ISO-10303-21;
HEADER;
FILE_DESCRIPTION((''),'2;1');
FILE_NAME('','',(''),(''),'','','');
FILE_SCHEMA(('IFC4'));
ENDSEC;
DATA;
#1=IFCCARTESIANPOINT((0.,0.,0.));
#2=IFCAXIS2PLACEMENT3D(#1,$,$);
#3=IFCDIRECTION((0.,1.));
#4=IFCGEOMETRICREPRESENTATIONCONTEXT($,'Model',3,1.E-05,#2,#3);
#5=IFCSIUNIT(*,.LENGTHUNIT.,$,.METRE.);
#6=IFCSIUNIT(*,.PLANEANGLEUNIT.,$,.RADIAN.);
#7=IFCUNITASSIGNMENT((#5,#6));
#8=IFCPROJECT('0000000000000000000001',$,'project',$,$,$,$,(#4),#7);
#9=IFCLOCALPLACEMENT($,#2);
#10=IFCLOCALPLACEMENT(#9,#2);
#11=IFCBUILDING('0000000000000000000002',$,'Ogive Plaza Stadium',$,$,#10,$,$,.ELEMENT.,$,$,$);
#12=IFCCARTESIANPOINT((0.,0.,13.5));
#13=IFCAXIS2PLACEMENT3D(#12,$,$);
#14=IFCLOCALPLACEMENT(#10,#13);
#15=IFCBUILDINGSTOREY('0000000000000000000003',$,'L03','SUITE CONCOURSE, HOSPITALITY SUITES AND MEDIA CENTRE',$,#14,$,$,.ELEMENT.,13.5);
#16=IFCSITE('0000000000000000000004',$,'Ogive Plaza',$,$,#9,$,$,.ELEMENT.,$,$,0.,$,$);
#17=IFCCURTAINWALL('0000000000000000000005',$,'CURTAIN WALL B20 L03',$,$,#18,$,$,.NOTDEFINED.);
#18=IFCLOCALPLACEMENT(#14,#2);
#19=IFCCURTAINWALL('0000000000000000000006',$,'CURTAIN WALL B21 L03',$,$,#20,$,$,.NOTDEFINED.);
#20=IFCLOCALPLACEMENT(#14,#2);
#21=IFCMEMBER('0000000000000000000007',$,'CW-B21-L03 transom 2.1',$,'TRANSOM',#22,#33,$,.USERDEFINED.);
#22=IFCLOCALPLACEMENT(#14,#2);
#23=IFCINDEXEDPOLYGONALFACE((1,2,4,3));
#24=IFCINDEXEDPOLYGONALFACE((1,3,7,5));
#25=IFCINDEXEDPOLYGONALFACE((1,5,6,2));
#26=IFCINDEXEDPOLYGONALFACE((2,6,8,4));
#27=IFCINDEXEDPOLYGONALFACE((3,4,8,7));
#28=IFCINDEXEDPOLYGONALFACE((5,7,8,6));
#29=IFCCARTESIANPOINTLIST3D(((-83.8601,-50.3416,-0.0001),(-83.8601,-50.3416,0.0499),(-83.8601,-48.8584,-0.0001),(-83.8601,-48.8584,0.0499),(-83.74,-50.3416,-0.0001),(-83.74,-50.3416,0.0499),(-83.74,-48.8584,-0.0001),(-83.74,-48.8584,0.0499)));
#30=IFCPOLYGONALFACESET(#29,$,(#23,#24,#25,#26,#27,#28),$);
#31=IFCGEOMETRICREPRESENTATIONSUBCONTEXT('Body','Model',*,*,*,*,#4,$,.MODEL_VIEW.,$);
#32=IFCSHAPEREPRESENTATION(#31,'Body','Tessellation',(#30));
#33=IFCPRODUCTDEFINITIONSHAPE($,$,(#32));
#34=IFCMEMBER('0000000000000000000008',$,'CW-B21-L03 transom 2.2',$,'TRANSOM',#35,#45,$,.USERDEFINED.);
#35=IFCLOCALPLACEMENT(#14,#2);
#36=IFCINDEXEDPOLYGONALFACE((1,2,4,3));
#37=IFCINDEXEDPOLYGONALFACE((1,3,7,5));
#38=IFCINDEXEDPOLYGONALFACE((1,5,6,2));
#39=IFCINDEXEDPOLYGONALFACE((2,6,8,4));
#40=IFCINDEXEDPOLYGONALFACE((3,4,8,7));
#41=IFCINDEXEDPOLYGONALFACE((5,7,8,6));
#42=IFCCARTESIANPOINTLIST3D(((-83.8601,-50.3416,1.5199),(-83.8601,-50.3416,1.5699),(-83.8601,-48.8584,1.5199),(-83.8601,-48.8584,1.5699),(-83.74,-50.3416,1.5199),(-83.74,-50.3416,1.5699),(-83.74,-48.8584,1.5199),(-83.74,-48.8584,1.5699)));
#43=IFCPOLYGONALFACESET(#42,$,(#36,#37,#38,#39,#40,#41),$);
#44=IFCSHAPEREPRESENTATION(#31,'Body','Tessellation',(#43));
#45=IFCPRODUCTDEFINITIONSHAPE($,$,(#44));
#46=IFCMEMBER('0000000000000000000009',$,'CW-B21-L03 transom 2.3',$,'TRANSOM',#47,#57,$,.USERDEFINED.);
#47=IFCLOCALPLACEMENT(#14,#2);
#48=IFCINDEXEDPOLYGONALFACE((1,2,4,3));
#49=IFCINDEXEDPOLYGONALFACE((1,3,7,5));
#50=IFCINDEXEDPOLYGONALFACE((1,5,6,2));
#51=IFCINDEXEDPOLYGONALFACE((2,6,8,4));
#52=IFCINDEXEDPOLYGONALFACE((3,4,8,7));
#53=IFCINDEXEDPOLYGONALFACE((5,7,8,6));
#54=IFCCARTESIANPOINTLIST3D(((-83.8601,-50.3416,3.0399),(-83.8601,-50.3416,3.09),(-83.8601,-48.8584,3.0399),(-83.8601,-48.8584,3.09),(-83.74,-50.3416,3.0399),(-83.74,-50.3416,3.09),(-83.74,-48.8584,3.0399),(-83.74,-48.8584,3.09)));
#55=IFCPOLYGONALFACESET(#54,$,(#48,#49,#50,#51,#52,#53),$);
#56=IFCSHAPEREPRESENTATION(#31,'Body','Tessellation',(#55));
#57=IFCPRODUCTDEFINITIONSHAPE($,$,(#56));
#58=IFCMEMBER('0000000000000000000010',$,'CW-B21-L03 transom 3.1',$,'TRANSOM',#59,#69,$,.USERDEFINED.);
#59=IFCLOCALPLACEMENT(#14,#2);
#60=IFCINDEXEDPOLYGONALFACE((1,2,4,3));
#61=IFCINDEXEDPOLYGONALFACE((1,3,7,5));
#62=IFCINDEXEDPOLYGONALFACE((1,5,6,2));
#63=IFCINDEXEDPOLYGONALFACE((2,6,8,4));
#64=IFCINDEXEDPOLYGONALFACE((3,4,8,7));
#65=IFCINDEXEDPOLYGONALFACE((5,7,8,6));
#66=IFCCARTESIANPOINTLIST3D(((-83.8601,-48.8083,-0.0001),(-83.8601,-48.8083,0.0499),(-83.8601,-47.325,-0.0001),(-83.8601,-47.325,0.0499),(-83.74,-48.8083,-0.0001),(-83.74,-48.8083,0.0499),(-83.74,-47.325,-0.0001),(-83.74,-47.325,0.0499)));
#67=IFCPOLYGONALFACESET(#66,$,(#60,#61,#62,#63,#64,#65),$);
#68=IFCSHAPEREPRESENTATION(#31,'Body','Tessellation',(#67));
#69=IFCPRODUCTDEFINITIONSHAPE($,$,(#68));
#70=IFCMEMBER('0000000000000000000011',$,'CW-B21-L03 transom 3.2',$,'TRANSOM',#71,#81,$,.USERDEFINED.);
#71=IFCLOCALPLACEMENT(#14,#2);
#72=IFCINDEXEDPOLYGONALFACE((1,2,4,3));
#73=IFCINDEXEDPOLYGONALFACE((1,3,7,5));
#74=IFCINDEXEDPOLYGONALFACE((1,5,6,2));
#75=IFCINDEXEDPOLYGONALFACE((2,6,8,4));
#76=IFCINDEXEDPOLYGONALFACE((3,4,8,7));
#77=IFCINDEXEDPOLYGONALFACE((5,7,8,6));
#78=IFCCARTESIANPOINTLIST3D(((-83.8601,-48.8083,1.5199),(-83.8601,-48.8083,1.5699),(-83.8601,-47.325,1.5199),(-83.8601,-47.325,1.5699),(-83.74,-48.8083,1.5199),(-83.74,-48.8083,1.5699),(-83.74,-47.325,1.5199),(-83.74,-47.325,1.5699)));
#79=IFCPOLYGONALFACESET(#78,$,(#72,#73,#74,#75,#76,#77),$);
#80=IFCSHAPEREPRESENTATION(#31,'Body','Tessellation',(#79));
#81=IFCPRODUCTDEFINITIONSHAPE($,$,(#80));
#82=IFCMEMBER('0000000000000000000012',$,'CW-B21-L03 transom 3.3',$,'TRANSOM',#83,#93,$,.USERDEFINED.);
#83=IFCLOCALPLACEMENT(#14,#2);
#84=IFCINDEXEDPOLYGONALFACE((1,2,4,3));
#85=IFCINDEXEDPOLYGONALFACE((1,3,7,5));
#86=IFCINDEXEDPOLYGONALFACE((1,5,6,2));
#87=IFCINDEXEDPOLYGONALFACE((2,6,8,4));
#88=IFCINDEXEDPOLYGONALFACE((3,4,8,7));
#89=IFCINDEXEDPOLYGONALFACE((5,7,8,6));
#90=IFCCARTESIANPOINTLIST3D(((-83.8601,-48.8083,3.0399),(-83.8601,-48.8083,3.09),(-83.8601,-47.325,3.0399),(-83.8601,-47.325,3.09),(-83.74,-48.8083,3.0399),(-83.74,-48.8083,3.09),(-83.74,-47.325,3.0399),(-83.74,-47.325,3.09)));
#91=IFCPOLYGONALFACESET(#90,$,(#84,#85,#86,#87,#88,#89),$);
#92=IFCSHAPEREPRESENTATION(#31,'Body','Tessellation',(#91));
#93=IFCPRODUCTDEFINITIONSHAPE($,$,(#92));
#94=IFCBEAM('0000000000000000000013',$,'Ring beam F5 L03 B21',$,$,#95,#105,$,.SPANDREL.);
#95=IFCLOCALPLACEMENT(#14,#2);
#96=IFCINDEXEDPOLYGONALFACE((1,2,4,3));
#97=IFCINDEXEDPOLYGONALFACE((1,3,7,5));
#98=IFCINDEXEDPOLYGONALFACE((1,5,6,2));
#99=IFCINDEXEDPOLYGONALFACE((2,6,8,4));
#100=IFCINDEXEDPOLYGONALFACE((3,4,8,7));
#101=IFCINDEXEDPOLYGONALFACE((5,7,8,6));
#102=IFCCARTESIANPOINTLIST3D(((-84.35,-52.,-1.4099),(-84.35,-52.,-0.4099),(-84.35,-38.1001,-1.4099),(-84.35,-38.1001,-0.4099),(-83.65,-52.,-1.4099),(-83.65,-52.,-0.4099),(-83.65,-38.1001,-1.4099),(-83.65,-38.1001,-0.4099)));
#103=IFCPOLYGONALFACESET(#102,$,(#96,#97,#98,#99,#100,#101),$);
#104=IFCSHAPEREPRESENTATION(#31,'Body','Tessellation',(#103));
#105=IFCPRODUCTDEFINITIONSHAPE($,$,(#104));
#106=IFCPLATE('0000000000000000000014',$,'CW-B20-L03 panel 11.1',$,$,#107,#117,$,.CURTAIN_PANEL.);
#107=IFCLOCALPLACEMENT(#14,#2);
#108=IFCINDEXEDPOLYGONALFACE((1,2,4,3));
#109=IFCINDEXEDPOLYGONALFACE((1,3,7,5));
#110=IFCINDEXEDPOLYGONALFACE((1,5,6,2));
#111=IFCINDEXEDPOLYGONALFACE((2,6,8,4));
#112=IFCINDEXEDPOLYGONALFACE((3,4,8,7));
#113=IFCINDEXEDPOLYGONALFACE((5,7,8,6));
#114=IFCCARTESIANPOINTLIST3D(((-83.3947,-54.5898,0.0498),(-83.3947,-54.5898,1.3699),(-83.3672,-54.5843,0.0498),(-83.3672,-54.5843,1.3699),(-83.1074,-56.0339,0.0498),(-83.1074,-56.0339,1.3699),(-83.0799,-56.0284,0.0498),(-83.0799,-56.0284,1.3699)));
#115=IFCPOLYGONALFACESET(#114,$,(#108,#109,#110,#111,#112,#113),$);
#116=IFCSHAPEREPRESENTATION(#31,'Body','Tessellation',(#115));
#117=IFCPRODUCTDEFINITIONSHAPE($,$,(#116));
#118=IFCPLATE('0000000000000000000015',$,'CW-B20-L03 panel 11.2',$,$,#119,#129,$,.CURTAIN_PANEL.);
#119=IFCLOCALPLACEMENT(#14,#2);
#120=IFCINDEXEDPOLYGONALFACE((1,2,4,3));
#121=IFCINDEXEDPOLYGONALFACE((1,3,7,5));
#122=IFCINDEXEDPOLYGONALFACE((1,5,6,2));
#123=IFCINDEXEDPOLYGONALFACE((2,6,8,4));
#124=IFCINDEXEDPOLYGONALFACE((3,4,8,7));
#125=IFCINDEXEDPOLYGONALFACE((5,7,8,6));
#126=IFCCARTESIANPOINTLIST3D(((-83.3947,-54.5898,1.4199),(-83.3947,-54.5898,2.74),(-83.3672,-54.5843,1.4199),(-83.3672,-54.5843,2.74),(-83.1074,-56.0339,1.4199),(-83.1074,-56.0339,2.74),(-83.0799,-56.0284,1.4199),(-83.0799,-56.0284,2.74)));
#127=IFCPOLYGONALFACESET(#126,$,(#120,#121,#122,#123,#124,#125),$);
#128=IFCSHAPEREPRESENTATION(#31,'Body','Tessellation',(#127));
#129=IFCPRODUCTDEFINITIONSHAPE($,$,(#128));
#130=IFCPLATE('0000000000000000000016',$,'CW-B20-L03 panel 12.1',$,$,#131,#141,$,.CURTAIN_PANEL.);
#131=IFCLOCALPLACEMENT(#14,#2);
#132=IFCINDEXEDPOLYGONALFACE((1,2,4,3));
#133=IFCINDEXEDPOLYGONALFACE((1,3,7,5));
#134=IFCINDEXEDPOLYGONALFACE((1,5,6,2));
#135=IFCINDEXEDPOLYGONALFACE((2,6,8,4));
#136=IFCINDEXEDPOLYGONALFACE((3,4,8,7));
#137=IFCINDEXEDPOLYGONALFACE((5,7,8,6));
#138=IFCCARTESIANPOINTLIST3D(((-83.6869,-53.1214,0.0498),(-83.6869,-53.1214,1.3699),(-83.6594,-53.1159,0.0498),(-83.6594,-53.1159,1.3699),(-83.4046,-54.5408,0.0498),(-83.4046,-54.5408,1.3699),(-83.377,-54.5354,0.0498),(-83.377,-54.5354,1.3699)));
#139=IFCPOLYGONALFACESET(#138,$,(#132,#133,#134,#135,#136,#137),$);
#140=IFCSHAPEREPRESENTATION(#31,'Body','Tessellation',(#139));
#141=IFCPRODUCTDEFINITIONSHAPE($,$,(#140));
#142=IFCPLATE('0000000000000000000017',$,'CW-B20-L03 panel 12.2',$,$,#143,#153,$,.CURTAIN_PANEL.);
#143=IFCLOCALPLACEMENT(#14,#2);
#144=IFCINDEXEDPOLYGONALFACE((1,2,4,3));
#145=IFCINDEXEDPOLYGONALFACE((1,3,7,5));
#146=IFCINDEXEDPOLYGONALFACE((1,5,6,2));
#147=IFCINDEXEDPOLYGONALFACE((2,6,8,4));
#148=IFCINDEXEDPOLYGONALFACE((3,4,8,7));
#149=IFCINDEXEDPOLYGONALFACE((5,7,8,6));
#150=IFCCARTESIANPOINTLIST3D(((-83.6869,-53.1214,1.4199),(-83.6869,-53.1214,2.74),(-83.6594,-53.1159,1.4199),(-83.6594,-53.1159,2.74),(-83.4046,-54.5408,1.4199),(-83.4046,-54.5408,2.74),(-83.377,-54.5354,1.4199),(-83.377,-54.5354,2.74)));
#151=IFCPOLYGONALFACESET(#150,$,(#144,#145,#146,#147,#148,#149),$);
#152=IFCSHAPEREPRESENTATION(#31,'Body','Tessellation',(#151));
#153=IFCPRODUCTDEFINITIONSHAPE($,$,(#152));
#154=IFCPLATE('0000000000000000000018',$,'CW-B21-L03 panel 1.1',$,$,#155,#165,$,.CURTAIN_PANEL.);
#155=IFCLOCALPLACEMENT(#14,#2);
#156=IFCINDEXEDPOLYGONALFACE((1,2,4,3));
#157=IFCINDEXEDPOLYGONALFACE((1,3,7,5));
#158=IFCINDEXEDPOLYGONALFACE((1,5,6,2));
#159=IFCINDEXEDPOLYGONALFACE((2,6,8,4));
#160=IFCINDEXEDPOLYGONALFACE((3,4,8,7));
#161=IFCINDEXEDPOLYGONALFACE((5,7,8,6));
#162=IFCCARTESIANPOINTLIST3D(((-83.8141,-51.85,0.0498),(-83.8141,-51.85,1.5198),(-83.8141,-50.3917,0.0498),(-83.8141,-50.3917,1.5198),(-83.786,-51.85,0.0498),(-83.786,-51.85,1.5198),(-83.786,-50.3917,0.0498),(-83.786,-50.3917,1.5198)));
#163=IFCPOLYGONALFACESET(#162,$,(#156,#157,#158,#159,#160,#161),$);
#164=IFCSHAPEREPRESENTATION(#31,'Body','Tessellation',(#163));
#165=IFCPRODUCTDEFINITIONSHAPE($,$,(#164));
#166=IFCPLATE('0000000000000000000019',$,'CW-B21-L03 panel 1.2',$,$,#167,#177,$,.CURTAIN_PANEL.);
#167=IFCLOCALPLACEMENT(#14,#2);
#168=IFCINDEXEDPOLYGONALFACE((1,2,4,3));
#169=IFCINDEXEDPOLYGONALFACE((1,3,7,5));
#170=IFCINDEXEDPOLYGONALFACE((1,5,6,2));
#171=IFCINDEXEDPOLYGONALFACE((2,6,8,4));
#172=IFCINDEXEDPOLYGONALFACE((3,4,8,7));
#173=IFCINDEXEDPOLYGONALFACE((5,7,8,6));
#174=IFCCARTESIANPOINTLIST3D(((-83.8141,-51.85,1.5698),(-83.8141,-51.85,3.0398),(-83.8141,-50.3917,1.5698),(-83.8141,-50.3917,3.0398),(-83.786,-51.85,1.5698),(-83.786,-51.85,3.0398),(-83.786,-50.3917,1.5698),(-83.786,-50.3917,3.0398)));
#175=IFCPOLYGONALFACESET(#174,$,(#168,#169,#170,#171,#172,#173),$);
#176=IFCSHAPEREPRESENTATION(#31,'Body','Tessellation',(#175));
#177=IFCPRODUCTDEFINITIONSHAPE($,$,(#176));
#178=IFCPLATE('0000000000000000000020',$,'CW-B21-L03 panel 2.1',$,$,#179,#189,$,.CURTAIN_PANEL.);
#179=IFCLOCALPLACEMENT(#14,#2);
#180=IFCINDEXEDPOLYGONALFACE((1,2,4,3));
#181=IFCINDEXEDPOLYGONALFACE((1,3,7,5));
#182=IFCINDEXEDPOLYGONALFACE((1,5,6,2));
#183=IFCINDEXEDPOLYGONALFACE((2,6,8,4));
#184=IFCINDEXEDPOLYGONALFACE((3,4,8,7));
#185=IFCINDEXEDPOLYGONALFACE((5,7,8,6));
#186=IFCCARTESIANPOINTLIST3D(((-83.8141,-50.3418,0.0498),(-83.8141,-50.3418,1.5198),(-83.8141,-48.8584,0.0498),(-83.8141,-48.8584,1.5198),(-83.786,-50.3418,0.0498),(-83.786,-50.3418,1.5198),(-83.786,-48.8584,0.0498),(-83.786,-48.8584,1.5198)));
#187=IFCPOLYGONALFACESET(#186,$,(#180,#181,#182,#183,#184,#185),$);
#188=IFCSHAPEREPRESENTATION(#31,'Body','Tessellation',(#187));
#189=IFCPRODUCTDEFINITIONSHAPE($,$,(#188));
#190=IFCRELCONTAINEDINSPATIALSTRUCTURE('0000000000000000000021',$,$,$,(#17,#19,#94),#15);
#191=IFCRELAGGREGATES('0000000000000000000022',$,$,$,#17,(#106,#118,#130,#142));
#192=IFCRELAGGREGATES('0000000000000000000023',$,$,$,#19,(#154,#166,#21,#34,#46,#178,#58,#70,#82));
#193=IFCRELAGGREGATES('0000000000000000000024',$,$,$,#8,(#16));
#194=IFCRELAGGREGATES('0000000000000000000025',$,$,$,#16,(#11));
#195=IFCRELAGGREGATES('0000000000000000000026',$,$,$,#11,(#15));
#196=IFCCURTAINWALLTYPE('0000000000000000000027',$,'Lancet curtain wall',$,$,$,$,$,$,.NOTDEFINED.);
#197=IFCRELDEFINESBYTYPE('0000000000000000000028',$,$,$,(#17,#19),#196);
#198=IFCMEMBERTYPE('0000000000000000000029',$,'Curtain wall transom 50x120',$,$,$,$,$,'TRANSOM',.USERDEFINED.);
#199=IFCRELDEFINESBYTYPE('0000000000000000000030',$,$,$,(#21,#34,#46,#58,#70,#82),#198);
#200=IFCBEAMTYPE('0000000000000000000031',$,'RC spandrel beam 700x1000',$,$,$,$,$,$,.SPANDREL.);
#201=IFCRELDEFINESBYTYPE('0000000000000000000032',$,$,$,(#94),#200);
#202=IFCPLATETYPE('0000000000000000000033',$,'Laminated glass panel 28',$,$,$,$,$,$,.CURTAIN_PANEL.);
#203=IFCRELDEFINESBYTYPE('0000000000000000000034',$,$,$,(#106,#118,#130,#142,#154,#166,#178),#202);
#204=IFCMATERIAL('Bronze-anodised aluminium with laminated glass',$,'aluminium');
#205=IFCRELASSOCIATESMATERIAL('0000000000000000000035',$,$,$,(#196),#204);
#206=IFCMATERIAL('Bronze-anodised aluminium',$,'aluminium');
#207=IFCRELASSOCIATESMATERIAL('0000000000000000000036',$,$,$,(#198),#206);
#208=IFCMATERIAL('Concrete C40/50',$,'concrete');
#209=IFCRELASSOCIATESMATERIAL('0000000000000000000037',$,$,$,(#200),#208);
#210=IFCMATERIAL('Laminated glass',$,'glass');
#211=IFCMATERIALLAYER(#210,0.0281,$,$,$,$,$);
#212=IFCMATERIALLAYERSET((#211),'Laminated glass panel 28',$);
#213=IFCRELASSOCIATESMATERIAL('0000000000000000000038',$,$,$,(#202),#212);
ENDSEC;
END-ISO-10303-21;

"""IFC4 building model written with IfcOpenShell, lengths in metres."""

from ifc_helpers import new_model, si_unit, direction, frame, origin, origin_2d, place, context, subcontext, project, spatial, rectangle, extrude, material, layer, layer_set, material_profile, profile_set, type_object, element, aggregate, save


model = new_model("IFC4")

# Units and contexts
model_context = context("Model", 3, precision=1e-05, world=origin(), true_north=direction((0.0, 1.0)))
body_context = subcontext(model_context, "Body", "Model", "MODEL_VIEW")
ifc_project = project(units=[si_unit("LENGTHUNIT", "METRE"), si_unit("PLANEANGLEUNIT", "RADIAN")], contexts=[model_context])

# Site, building, storey
site_placement = place(None, origin())
site = spatial("IfcSite", under=ifc_project, at=site_placement, Name="Ogive Plaza", CompositionType="ELEMENT", RefElevation=0.0)
building_placement = place(site_placement, origin())
building = spatial("IfcBuilding", under=site, at=building_placement, Name="Ogive Plaza Stadium", CompositionType="ELEMENT")
storey_placement = place(building_placement, frame((0.0, 0.0, 13.5)))
storey = spatial("IfcBuildingStorey", under=building, at=storey_placement, Name="L03", Description="SUITE CONCOURSE, HOSPITALITY SUITES AND MEDIA CENTRE", CompositionType="ELEMENT", Elevation=13.5)

# Curtain walls
ifc_material_1 = material(Name="Bronze-anodised aluminium with laminated glass", Category="aluminium")
curtain_wall_type = type_object("IfcCurtainWallType", Name="Lancet curtain wall", PredefinedType="NOTDEFINED", material=ifc_material_1)
curtain_wall_1_placement = place(storey_placement, origin())
curtain_wall_1 = element("IfcCurtainWall", 1, at=curtain_wall_1_placement, inside=storey, type_object=curtain_wall_type, Name="CURTAIN WALL B20 L03", PredefinedType="NOTDEFINED")
curtain_wall_2_placement = place(storey_placement, origin())
curtain_wall_2 = element("IfcCurtainWall", 2, at=curtain_wall_2_placement, inside=storey, type_object=curtain_wall_type, Name="CURTAIN WALL B21 L03", PredefinedType="NOTDEFINED")

# Members
ifc_material_2 = material(Name="Bronze-anodised aluminium", Category="aluminium")
ifc_material_profile_1 = material_profile(ifc_material_2, rectangle(XDim=0.1201, YDim=0.05, at=origin_2d()), Name="AL 120x50")
ifc_profile_set_1 = profile_set([ifc_material_profile_1], Name="Bronze-anodised aluminium")
member_type_1 = type_object("IfcMemberType", Name="Curtain wall transom 50x120", ElementType="TRANSOM", PredefinedType="USERDEFINED", material=ifc_profile_set_1)
member_1_placement = place(storey_placement, frame((-83.8, -50.3416, 0.0249), z_axis=(0.0, 1.0, 0.0), x_axis=(-1.0, 0.0, 0.0)))
member_1 = element("IfcMember", 3, at=member_1_placement, type_object=member_type_1, Name="CW-B21-L03 transom 2.1", ObjectType="TRANSOM", PredefinedType="USERDEFINED", context=body_context, shape_type="SweptSolid", body=[
    extrude(rectangle(XDim=0.1201, YDim=0.05, at=origin_2d()), origin(), (0.0, 0.0, 1.0), 1.4832),
])
member_2_placement = place(storey_placement, frame((-83.8, -50.3416, 1.5449), z_axis=(0.0, 1.0, 0.0), x_axis=(-1.0, 0.0, 0.0)))
member_2 = element("IfcMember", 4, at=member_2_placement, type_object=member_type_1, Name="CW-B21-L03 transom 2.2", ObjectType="TRANSOM", PredefinedType="USERDEFINED", context=body_context, shape_type="SweptSolid", body=[
    extrude(rectangle(XDim=0.1201, YDim=0.05, at=origin_2d()), origin(), (0.0, 0.0, 1.0), 1.4832),
])
member_3_placement = place(storey_placement, frame((-83.8, -50.3416, 3.0649), z_axis=(0.0, 1.0, 0.0), x_axis=(-1.0, 0.0, 0.0)))
member_3 = element("IfcMember", 5, at=member_3_placement, type_object=member_type_1, Name="CW-B21-L03 transom 2.3", ObjectType="TRANSOM", PredefinedType="USERDEFINED", context=body_context, shape_type="SweptSolid", body=[
    extrude(rectangle(XDim=0.1201, YDim=0.05, at=origin_2d()), origin(), (0.0, 0.0, 1.0), 1.4832),
])
member_4_placement = place(storey_placement, frame((-83.8, -48.8083, 0.0249), z_axis=(0.0, 1.0, 0.0), x_axis=(-1.0, 0.0, 0.0)))
member_4 = element("IfcMember", 6, at=member_4_placement, type_object=member_type_1, Name="CW-B21-L03 transom 3.1", ObjectType="TRANSOM", PredefinedType="USERDEFINED", context=body_context, shape_type="SweptSolid", body=[
    extrude(rectangle(XDim=0.1201, YDim=0.05, at=origin_2d()), origin(), (0.0, 0.0, 1.0), 1.4834),
])
member_5_placement = place(storey_placement, frame((-83.8, -48.8083, 1.5449), z_axis=(0.0, 1.0, 0.0), x_axis=(-1.0, 0.0, 0.0)))
member_5 = element("IfcMember", 7, at=member_5_placement, type_object=member_type_1, Name="CW-B21-L03 transom 3.2", ObjectType="TRANSOM", PredefinedType="USERDEFINED", context=body_context, shape_type="SweptSolid", body=[
    extrude(rectangle(XDim=0.1201, YDim=0.05, at=origin_2d()), origin(), (0.0, 0.0, 1.0), 1.4834),
])
member_6_placement = place(storey_placement, frame((-83.8, -48.8083, 3.0649), z_axis=(0.0, 1.0, 0.0), x_axis=(-1.0, 0.0, 0.0)))
member_6 = element("IfcMember", 8, at=member_6_placement, type_object=member_type_1, Name="CW-B21-L03 transom 3.3", ObjectType="TRANSOM", PredefinedType="USERDEFINED", context=body_context, shape_type="SweptSolid", body=[
    extrude(rectangle(XDim=0.1201, YDim=0.05, at=origin_2d()), origin(), (0.0, 0.0, 1.0), 1.4834),
])

# Beam
ifc_material_3 = material(Name="Concrete C40/50", Category="concrete")
ifc_material_profile_2 = material_profile(ifc_material_3, rectangle(XDim=0.7, YDim=1.0, at=origin_2d()), Name="RC 700x1000")
ifc_profile_set_2 = profile_set([ifc_material_profile_2], Name="Concrete C40/50")
beam_type = type_object("IfcBeamType", Name="RC spandrel beam 700x1000", PredefinedType="SPANDREL", material=ifc_profile_set_2)
beam_placement = place(storey_placement, frame((-84.0, -52.0, -0.9099), z_axis=(0.0, 1.0, 0.0), x_axis=(-1.0, 0.0, 0.0)))
element("IfcBeam", 9, at=beam_placement, inside=storey, type_object=beam_type, Name="Ring beam F5 L03 B21", PredefinedType="SPANDREL", context=body_context, shape_type="SweptSolid", body=[
    extrude(rectangle(XDim=0.7, YDim=1.0, at=origin_2d()), origin(), (0.0, 0.0, 1.0), 13.8999),
])

# Plates
ifc_material_4 = material(Name="Laminated glass", Category="glass")
ifc_layer = layer(ifc_material_4, 0.0281)
ifc_layer_set = layer_set([ifc_layer], Name="Laminated glass panel 28")
plate_type = type_object("IfcPlateType", Name="Laminated glass panel 28", PredefinedType="CURTAIN_PANEL", material=ifc_layer_set)
plate_1_placement = place(storey_placement, frame((-83.2373, -55.3091, 0.0498), z_axis=(0.0, 0.0, 1.0), x_axis=(-0.19509, 0.980785, 0.0)))
plate_1 = element("IfcPlate", 10, at=plate_1_placement, type_object=plate_type, Name="CW-B20-L03 panel 11.1", PredefinedType="CURTAIN_PANEL", context=body_context, shape_type="SweptSolid", body=[
    extrude(rectangle(XDim=1.4724, YDim=0.0281, at=origin_2d()), origin(), (0.0, 0.0, 1.0), 1.3201),
])
plate_2_placement = place(storey_placement, frame((-83.2373, -55.3091, 1.4199), z_axis=(0.0, 0.0, 1.0), x_axis=(-0.19509, 0.980785, 0.0)))
plate_2 = element("IfcPlate", 11, at=plate_2_placement, type_object=plate_type, Name="CW-B20-L03 panel 11.2", PredefinedType="CURTAIN_PANEL", context=body_context, shape_type="SweptSolid", body=[
    extrude(rectangle(XDim=1.4724, YDim=0.0281, at=origin_2d()), origin(), (0.0, 0.0, 1.0), 1.3201),
])
plate_3_placement = place(storey_placement, frame((-83.532, -53.8284, 0.0498), z_axis=(0.0, 0.0, 1.0), x_axis=(-0.19509, 0.980785, 0.0)))
plate_3 = element("IfcPlate", 12, at=plate_3_placement, type_object=plate_type, Name="CW-B20-L03 panel 12.1", PredefinedType="CURTAIN_PANEL", context=body_context, shape_type="SweptSolid", body=[
    extrude(rectangle(XDim=1.4473, YDim=0.0281, at=origin_2d()), origin(), (0.0, 0.0, 1.0), 1.3201),
])
plate_4_placement = place(storey_placement, frame((-83.532, -53.8284, 1.4199), z_axis=(0.0, 0.0, 1.0), x_axis=(-0.19509, 0.980785, 0.0)))
plate_4 = element("IfcPlate", 13, at=plate_4_placement, type_object=plate_type, Name="CW-B20-L03 panel 12.2", PredefinedType="CURTAIN_PANEL", context=body_context, shape_type="SweptSolid", body=[
    extrude(rectangle(XDim=1.4473, YDim=0.0281, at=origin_2d()), origin(), (0.0, 0.0, 1.0), 1.3201),
])
aggregate(curtain_wall_1, [plate_1, plate_2, plate_3, plate_4])
plate_5_placement = place(storey_placement, frame((-83.8, -51.1208, 0.0498), z_axis=(0.0, 0.0, 1.0), x_axis=(0.0, 1.0, 0.0)))
plate_5 = element("IfcPlate", 14, at=plate_5_placement, type_object=plate_type, Name="CW-B21-L03 panel 1.1", PredefinedType="CURTAIN_PANEL", context=body_context, shape_type="SweptSolid", body=[
    extrude(rectangle(XDim=1.4583, YDim=0.0281, at=origin_2d()), origin(), (0.0, 0.0, 1.0), 1.47),
])
plate_6_placement = place(storey_placement, frame((-83.8, -51.1208, 1.5698), z_axis=(0.0, 0.0, 1.0), x_axis=(0.0, 1.0, 0.0)))
plate_6 = element("IfcPlate", 15, at=plate_6_placement, type_object=plate_type, Name="CW-B21-L03 panel 1.2", PredefinedType="CURTAIN_PANEL", context=body_context, shape_type="SweptSolid", body=[
    extrude(rectangle(XDim=1.4583, YDim=0.0281, at=origin_2d()), origin(), (0.0, 0.0, 1.0), 1.47),
])
plate_7_placement = place(storey_placement, frame((-83.8, -49.6001, 0.0498), z_axis=(0.0, 0.0, 1.0), x_axis=(0.0, 1.0, 0.0)))
plate_7 = element("IfcPlate", 16, at=plate_7_placement, type_object=plate_type, Name="CW-B21-L03 panel 2.1", PredefinedType="CURTAIN_PANEL", context=body_context, shape_type="SweptSolid", body=[
    extrude(rectangle(XDim=1.4834, YDim=0.0281, at=origin_2d()), origin(), (0.0, 0.0, 1.0), 1.47),
])
aggregate(curtain_wall_2, [plate_5, plate_6, member_1, member_2, member_3, plate_7, member_4, member_5, member_6])

save(model, "model.ifc")
